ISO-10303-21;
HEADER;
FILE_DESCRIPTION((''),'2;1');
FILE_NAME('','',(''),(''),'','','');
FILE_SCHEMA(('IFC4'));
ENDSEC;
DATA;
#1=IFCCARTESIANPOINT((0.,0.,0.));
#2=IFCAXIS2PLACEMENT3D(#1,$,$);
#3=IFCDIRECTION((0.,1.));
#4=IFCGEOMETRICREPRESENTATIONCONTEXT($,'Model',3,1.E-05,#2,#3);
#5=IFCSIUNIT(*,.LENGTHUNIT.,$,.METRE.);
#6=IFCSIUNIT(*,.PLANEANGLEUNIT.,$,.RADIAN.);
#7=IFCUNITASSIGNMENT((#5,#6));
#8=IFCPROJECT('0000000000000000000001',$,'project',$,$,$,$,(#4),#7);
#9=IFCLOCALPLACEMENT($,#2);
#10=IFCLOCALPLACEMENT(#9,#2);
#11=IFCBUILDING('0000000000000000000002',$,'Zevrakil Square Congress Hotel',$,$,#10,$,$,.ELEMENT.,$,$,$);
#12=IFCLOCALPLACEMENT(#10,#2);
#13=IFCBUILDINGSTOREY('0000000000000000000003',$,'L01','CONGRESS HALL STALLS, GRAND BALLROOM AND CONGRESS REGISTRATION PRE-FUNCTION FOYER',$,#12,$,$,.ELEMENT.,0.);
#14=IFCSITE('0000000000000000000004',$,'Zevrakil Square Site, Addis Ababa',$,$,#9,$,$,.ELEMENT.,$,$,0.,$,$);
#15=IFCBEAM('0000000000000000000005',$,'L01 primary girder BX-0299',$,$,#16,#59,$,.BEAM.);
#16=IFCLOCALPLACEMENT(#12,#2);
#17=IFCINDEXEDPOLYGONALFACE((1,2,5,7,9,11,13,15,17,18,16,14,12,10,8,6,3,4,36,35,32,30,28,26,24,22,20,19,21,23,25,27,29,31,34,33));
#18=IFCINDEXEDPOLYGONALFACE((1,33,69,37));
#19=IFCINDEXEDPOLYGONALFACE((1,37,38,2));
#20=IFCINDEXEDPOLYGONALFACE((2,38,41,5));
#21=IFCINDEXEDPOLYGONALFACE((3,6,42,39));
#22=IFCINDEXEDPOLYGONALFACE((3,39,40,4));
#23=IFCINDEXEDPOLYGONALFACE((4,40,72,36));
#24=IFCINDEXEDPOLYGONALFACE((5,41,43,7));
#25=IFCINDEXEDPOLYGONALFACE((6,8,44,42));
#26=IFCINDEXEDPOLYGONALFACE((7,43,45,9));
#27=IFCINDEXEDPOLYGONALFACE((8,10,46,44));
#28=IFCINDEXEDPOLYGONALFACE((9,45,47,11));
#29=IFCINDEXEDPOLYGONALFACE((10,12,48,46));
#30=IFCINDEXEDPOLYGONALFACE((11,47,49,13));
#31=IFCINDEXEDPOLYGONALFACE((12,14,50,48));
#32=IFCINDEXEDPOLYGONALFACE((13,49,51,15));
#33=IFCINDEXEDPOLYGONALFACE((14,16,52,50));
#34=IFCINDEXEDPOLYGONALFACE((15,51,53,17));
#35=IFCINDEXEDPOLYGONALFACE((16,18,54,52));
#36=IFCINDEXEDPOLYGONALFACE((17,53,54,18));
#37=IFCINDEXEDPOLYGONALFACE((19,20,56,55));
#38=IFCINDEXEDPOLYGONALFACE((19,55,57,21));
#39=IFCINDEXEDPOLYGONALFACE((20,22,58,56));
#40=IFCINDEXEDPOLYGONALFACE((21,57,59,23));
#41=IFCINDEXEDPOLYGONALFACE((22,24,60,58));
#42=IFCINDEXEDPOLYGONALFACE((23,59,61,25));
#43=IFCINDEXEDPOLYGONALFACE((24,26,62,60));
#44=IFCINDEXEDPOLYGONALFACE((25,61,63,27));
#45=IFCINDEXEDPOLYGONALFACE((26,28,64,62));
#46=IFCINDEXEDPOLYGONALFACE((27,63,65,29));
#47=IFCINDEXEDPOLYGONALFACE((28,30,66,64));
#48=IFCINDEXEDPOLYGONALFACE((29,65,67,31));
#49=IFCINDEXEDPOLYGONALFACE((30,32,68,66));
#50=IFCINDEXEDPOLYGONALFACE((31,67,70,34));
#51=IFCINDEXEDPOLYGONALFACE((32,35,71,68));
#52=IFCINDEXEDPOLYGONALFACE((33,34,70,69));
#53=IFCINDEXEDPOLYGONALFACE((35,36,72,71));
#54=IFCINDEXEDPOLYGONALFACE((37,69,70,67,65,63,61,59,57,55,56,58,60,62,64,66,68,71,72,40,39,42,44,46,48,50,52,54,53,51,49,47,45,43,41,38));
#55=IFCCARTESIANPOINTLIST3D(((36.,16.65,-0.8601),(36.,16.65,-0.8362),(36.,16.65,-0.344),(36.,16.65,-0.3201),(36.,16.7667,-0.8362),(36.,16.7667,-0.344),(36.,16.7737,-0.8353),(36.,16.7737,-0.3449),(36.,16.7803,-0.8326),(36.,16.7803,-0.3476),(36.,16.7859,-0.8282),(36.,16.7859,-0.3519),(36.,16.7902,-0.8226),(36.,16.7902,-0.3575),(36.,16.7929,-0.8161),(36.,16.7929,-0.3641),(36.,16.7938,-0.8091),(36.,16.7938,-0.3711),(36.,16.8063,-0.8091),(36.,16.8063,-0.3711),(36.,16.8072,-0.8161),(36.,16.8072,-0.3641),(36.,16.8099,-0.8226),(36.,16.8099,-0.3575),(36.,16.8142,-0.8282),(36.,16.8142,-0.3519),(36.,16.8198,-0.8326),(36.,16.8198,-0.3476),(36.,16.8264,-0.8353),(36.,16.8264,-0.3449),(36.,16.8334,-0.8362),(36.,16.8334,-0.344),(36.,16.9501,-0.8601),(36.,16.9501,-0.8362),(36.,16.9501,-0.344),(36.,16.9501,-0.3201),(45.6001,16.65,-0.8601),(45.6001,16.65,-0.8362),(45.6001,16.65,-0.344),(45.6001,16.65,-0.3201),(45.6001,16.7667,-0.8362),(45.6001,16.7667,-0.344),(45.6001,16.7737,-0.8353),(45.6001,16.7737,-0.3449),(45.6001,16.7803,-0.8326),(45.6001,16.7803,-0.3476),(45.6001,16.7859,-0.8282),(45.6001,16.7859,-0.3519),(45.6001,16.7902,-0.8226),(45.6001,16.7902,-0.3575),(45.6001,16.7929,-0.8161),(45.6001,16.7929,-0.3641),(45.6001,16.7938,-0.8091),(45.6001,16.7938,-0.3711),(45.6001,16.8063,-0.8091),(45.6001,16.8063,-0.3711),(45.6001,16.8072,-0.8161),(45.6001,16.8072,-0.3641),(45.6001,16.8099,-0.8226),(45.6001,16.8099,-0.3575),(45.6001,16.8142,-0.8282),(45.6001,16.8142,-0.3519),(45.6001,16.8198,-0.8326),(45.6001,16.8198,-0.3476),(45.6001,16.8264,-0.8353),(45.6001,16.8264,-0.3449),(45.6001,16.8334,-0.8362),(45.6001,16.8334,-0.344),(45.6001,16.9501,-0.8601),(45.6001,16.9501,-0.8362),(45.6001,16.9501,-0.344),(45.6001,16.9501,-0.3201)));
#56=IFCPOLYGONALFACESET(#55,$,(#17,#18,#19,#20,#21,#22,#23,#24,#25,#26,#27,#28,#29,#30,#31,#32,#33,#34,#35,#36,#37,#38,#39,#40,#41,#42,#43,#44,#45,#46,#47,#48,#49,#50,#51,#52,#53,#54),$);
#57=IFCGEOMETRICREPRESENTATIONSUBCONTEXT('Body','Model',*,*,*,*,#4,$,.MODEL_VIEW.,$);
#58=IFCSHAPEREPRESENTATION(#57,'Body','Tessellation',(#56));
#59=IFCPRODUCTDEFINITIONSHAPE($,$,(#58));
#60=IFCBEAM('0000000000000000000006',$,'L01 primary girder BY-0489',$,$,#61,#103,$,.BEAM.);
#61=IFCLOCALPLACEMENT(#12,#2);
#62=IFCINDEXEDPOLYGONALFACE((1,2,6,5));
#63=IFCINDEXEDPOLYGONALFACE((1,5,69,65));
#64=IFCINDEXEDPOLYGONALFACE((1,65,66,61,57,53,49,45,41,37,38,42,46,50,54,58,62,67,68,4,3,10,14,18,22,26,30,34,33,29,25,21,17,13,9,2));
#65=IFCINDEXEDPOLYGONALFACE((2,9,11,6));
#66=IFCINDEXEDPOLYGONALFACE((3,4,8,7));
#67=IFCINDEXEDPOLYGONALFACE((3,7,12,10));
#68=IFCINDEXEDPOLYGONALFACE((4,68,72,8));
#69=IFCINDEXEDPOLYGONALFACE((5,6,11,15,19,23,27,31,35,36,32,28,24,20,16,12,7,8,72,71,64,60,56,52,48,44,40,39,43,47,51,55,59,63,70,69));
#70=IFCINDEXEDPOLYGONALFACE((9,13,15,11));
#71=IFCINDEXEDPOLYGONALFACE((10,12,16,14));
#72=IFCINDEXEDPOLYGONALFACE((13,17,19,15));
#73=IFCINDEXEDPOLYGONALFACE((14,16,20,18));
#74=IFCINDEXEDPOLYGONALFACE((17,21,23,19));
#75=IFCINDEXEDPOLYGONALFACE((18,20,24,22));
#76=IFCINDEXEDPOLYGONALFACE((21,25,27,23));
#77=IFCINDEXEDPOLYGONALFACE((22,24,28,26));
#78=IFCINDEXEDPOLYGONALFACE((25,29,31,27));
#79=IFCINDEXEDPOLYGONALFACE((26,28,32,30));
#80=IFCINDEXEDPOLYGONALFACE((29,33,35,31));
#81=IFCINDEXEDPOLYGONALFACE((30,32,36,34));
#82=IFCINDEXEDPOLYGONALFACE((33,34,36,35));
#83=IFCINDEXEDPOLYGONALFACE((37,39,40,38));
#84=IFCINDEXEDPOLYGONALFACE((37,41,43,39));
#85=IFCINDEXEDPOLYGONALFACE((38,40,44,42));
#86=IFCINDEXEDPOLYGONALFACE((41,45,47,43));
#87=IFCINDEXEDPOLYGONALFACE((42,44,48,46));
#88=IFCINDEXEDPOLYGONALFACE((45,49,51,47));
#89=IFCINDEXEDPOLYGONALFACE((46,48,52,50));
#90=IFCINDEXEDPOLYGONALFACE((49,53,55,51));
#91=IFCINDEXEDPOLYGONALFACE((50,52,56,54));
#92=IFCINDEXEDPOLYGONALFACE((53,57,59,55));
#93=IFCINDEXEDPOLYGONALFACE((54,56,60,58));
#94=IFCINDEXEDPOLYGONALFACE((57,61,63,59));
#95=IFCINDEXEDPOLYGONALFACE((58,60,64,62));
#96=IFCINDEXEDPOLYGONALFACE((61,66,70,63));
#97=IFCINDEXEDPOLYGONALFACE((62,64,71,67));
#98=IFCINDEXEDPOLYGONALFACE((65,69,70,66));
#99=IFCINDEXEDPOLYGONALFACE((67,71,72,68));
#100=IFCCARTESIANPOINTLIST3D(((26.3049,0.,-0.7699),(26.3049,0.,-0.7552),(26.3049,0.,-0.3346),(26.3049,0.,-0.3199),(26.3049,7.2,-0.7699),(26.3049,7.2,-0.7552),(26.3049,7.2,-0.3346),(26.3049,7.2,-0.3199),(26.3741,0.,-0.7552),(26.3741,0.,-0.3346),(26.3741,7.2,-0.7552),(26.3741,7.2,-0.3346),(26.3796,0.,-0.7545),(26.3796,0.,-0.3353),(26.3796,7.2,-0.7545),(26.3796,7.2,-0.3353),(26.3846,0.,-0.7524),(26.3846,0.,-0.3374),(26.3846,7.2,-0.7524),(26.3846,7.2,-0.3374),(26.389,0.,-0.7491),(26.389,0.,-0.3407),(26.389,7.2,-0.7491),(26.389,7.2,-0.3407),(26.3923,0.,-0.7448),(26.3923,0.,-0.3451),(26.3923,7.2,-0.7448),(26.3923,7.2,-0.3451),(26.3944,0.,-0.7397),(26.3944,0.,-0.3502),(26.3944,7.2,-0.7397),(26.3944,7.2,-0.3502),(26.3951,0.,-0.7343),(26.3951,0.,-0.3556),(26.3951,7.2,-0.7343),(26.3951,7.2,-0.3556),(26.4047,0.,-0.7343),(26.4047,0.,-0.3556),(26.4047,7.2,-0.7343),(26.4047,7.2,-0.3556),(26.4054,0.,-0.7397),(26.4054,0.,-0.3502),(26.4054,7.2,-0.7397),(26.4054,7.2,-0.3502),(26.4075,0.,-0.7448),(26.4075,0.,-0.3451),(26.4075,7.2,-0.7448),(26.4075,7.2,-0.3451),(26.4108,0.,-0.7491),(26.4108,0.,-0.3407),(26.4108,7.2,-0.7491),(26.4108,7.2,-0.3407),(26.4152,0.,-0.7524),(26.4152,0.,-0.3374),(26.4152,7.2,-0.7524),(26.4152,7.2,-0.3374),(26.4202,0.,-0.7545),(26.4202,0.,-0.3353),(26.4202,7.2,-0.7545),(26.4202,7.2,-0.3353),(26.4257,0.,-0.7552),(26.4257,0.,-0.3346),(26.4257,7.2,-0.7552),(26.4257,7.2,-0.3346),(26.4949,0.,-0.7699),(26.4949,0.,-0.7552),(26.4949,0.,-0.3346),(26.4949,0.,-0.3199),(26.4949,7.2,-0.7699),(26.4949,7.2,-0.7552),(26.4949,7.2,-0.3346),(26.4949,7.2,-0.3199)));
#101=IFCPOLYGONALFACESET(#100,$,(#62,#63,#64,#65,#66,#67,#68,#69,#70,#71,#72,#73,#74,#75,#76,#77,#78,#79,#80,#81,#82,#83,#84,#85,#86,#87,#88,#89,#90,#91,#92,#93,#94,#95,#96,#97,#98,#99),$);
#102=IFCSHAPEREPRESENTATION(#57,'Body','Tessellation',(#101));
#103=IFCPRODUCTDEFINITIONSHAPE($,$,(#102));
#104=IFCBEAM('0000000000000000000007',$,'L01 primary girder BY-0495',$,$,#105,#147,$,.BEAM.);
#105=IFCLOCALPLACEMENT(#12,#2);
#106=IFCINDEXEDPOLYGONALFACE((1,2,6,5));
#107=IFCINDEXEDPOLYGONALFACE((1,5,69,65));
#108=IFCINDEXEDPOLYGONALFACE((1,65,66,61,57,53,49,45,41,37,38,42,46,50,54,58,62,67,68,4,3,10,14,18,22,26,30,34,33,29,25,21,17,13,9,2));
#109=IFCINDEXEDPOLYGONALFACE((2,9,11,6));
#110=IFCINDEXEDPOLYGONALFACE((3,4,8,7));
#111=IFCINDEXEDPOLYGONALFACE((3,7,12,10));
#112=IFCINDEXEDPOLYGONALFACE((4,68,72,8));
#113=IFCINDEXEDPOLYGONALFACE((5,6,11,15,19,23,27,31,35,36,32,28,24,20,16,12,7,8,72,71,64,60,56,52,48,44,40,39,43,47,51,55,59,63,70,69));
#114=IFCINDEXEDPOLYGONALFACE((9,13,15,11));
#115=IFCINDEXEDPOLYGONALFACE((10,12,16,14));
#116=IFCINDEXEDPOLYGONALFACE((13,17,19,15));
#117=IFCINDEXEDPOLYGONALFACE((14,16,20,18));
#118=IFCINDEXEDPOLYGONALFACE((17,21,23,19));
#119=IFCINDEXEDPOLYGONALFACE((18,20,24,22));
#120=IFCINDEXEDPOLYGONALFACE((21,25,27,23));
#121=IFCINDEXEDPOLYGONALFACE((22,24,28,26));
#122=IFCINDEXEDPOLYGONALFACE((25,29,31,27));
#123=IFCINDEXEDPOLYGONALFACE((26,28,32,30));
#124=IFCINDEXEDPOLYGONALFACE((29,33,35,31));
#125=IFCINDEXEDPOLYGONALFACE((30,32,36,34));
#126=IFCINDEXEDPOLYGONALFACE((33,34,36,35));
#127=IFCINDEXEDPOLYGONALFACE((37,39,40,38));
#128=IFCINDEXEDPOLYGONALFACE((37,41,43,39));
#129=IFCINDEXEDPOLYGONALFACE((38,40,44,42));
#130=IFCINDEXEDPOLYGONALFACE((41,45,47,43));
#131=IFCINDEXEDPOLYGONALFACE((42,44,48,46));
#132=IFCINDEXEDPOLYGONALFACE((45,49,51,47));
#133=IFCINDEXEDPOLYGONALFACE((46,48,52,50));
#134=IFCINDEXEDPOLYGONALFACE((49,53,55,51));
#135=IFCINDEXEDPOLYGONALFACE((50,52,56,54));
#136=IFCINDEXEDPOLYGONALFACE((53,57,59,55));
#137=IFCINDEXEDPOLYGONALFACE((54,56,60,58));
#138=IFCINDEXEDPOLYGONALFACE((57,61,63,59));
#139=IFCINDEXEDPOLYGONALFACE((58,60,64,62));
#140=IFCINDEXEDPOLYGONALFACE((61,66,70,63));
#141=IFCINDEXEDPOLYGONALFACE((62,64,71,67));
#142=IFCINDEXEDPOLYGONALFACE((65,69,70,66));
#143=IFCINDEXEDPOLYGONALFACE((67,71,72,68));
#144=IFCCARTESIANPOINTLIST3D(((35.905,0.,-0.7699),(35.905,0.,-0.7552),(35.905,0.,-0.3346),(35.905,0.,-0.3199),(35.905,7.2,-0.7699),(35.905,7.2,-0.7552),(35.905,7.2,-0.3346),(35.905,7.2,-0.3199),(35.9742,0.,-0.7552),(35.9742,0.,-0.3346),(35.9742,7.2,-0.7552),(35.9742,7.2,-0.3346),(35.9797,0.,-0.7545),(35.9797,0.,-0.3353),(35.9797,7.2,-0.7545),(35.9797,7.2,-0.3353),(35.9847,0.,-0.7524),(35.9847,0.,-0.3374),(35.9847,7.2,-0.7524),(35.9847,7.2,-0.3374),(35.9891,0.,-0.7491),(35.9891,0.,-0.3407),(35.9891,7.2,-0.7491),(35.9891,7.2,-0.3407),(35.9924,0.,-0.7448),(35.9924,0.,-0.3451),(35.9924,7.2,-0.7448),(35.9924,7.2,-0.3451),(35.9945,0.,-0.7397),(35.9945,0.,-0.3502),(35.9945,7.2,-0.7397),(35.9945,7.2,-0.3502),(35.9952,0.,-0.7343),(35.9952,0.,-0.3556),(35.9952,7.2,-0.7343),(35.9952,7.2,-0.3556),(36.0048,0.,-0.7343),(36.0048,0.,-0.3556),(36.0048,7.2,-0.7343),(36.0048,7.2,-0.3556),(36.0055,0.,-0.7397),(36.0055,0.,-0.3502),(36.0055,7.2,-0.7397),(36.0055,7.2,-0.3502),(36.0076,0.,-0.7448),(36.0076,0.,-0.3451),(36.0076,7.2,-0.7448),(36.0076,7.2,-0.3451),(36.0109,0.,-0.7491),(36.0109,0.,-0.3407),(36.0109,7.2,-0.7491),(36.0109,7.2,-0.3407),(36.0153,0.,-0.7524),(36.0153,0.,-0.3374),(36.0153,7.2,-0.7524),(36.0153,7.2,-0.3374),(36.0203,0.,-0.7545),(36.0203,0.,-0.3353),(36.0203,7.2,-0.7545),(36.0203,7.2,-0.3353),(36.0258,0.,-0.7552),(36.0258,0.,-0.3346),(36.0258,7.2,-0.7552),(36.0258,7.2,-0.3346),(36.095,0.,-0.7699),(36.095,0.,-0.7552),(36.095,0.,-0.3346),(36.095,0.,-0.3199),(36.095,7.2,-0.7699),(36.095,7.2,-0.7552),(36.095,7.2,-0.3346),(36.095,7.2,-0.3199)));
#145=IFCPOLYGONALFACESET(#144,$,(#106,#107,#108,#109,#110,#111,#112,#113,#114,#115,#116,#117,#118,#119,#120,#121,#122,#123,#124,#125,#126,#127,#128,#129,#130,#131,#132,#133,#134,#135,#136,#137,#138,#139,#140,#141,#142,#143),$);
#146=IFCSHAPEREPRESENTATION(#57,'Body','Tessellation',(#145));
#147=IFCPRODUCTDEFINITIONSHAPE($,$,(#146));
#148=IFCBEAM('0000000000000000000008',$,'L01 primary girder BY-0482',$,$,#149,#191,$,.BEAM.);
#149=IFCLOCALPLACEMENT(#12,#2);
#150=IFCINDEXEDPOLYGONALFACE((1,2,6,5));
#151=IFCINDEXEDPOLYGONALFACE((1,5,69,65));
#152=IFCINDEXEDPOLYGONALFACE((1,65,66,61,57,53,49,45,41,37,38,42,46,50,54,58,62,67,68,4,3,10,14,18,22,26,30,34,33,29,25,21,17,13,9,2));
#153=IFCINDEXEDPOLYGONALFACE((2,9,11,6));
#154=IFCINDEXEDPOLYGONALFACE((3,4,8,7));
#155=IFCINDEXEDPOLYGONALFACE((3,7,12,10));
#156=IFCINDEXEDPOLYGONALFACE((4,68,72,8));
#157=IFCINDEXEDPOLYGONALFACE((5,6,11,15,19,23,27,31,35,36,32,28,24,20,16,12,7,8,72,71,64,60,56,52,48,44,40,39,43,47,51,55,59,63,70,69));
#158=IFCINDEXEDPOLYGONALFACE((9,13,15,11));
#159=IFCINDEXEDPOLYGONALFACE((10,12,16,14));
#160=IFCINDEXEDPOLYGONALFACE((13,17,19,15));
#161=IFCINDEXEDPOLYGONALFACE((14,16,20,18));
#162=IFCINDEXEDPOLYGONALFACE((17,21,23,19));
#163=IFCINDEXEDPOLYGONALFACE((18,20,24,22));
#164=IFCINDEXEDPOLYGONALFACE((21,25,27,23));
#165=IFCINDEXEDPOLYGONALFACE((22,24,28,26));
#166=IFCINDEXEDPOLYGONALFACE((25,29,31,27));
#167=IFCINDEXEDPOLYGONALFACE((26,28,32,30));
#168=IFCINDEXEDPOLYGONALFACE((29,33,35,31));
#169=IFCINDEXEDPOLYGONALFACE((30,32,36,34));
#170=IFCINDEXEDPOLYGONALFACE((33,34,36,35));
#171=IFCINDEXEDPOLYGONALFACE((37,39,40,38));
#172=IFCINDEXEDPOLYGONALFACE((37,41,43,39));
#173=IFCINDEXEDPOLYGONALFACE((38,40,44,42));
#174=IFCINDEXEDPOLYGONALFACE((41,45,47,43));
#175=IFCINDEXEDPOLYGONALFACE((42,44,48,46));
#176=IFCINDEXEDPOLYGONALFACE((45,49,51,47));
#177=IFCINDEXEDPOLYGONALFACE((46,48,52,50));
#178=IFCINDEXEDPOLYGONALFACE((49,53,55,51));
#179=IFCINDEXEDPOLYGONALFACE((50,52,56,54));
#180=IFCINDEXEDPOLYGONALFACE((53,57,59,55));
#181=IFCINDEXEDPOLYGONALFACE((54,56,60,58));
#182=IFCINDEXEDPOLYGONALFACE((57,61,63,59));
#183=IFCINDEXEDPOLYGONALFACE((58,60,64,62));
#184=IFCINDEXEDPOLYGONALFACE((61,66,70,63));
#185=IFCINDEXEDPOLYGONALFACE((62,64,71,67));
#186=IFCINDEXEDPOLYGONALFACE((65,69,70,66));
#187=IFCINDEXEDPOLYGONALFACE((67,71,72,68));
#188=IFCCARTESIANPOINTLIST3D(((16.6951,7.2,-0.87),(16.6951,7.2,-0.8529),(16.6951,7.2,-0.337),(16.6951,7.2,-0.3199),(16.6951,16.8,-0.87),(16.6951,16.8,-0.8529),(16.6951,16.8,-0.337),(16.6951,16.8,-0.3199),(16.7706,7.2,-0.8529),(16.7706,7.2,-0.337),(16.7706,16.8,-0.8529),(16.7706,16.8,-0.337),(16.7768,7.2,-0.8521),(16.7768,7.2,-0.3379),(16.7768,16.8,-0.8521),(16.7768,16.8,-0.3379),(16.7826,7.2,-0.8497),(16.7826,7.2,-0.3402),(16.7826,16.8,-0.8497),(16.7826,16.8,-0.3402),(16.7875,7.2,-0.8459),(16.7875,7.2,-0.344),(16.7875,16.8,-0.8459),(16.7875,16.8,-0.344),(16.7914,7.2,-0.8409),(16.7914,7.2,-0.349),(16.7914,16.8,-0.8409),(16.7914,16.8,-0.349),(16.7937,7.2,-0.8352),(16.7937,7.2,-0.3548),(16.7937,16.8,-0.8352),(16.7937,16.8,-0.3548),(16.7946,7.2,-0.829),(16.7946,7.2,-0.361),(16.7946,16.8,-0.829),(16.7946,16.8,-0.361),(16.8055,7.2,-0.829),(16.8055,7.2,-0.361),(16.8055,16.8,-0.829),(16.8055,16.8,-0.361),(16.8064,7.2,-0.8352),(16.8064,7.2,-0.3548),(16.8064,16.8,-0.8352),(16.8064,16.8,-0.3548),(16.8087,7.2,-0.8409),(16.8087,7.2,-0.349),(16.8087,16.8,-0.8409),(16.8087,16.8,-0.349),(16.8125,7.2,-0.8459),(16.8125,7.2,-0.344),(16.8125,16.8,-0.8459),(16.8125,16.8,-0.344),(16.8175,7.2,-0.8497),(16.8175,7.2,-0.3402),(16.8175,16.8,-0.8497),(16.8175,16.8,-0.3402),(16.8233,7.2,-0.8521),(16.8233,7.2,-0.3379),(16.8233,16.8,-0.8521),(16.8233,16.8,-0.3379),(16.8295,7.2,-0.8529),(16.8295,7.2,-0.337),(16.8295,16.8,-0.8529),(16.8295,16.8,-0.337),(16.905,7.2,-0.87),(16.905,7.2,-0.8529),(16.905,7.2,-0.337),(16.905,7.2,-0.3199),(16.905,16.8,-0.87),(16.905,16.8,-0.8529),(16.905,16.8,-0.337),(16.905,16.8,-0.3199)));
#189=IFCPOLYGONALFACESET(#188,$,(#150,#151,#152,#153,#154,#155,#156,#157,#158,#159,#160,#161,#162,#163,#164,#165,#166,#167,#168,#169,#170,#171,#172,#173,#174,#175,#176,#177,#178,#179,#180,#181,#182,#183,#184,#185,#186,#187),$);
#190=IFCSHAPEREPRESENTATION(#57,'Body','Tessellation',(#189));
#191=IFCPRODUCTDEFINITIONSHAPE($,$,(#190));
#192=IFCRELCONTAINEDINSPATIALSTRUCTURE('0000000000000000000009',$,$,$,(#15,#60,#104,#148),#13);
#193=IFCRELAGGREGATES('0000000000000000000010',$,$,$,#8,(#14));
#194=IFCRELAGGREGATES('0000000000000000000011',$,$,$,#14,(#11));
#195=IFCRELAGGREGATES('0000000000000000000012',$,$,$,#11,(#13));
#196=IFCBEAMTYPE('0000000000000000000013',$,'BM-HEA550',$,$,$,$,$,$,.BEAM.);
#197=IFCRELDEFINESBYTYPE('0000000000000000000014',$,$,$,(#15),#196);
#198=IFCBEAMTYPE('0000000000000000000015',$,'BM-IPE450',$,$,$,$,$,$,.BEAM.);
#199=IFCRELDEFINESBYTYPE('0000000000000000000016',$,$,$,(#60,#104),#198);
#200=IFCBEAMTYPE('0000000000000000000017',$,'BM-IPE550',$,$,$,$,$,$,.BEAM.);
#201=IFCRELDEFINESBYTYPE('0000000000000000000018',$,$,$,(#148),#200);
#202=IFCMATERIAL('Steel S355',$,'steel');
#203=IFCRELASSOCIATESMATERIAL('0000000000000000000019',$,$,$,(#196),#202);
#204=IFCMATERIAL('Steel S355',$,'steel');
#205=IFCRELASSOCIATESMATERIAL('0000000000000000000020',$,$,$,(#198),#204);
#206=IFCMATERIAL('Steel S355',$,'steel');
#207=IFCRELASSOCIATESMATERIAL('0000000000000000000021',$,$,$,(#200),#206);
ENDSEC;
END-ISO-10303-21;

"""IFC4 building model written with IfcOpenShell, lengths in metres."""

from ifc_helpers import new_model, si_unit, direction, frame, origin, origin_2d, place, context, subcontext, project, spatial, i_section, extrude, material, material_profile, profile_set, type_object, element, save


model = new_model("IFC4")

# Units and contexts
model_context = context("Model", 3, precision=1e-05, world=origin(), true_north=direction((0.0, 1.0)))
body_context = subcontext(model_context, "Body", "Model", "MODEL_VIEW")
ifc_project = project(units=[si_unit("LENGTHUNIT", "METRE"), si_unit("PLANEANGLEUNIT", "RADIAN")], contexts=[model_context])

# Site, building, storey
site_placement = place(None, origin())
site = spatial("IfcSite", under=ifc_project, at=site_placement, Name="Zevrakil Square Site, Addis Ababa", CompositionType="ELEMENT", RefElevation=0.0)
building_placement = place(site_placement, origin())
building = spatial("IfcBuilding", under=site, at=building_placement, Name="Zevrakil Square Congress Hotel", CompositionType="ELEMENT")
storey_placement = place(building_placement, origin())
storey = spatial("IfcBuildingStorey", under=building, at=storey_placement, Name="L01", Description="CONGRESS HALL STALLS, GRAND BALLROOM AND CONGRESS REGISTRATION PRE-FUNCTION FOYER", CompositionType="ELEMENT", Elevation=0.0)

# Beams
ifc_material_1 = material(Name="Steel S355", Category="steel")
ifc_material_profile_1 = material_profile(ifc_material_1, i_section(OverallWidth=0.3, OverallDepth=0.54, WebThickness=0.0125, FlangeThickness=0.0239, FilletRadius=0.0271, at=origin_2d()), Name="HEA 550")
ifc_profile_set_1 = profile_set([ifc_material_profile_1], Name="Steel S355")
beam_type_1 = type_object("IfcBeamType", Name="BM-HEA550", PredefinedType="BEAM", material=ifc_profile_set_1)
for number, where, z_axis, x_axis, name in (
    (1, (36.0, 16.8, -0.5901), (1.0, 0.0, 0.0), (0.0, 1.0, 0.0), "L01 primary girder BX-0299"),
):
    element("IfcBeam", number, at=place(storey_placement, frame(where, z_axis=z_axis, x_axis=x_axis)), inside=storey, type_object=beam_type_1, Name=name, PredefinedType="BEAM", context=body_context, shape_type="SweptSolid", body=[
        extrude(i_section(OverallWidth=0.3, OverallDepth=0.54, WebThickness=0.0125, FlangeThickness=0.0239, FilletRadius=0.0271, at=origin_2d()), origin(), (0.0, 0.0, 1.0), 9.6001),
    ])
ifc_material_2 = material(Name="Steel S355", Category="steel")
ifc_material_profile_2 = material_profile(ifc_material_2, i_section(OverallWidth=0.1899, OverallDepth=0.45, WebThickness=0.0095, FlangeThickness=0.0146, FilletRadius=0.021, at=origin_2d()), Name="IPE 450")
ifc_profile_set_2 = profile_set([ifc_material_profile_2], Name="Steel S355")
beam_type_2 = type_object("IfcBeamType", Name="BM-IPE450", PredefinedType="BEAM", material=ifc_profile_set_2)
for number, where, z_axis, x_axis, name in (
    (2, (26.3999, 0.0, -0.5449), (0.0, 1.0, 0.0), (-1.0, 0.0, 0.0), "L01 primary girder BY-0489"),
    (3, (36.0, 0.0, -0.5449), (0.0, 1.0, 0.0), (-1.0, 0.0, 0.0), "L01 primary girder BY-0495"),
):
    element("IfcBeam", number, at=place(storey_placement, frame(where, z_axis=z_axis, x_axis=x_axis)), inside=storey, type_object=beam_type_2, Name=name, PredefinedType="BEAM", context=body_context, shape_type="SweptSolid", body=[
        extrude(i_section(OverallWidth=0.1899, OverallDepth=0.45, WebThickness=0.0095, FlangeThickness=0.0146, FilletRadius=0.021, at=origin_2d()), origin(), (0.0, 0.0, 1.0), 7.2),
    ])
ifc_material_3 = material(Name="Steel S355", Category="steel")
ifc_material_profile_3 = material_profile(ifc_material_3, i_section(OverallWidth=0.21, OverallDepth=0.55, WebThickness=0.011, FlangeThickness=0.0171, FilletRadius=0.0239, at=origin_2d()), Name="IPE 550")
ifc_profile_set_3 = profile_set([ifc_material_profile_3], Name="Steel S355")
beam_type_3 = type_object("IfcBeamType", Name="BM-IPE550", PredefinedType="BEAM", material=ifc_profile_set_3)
beam_1_placement = place(storey_placement, frame((16.8, 7.2, -0.595), z_axis=(0.0, 1.0, 0.0), x_axis=(-1.0, 0.0, 0.0)))
element("IfcBeam", 4, at=beam_1_placement, inside=storey, type_object=beam_type_3, Name="L01 primary girder BY-0482", PredefinedType="BEAM", context=body_context, shape_type="SweptSolid", body=[
    extrude(i_section(OverallWidth=0.21, OverallDepth=0.55, WebThickness=0.011, FlangeThickness=0.0171, FilletRadius=0.0239, at=origin_2d()), origin(), (0.0, 0.0, 1.0), 9.6001),
])

save(model, "model.ifc")
